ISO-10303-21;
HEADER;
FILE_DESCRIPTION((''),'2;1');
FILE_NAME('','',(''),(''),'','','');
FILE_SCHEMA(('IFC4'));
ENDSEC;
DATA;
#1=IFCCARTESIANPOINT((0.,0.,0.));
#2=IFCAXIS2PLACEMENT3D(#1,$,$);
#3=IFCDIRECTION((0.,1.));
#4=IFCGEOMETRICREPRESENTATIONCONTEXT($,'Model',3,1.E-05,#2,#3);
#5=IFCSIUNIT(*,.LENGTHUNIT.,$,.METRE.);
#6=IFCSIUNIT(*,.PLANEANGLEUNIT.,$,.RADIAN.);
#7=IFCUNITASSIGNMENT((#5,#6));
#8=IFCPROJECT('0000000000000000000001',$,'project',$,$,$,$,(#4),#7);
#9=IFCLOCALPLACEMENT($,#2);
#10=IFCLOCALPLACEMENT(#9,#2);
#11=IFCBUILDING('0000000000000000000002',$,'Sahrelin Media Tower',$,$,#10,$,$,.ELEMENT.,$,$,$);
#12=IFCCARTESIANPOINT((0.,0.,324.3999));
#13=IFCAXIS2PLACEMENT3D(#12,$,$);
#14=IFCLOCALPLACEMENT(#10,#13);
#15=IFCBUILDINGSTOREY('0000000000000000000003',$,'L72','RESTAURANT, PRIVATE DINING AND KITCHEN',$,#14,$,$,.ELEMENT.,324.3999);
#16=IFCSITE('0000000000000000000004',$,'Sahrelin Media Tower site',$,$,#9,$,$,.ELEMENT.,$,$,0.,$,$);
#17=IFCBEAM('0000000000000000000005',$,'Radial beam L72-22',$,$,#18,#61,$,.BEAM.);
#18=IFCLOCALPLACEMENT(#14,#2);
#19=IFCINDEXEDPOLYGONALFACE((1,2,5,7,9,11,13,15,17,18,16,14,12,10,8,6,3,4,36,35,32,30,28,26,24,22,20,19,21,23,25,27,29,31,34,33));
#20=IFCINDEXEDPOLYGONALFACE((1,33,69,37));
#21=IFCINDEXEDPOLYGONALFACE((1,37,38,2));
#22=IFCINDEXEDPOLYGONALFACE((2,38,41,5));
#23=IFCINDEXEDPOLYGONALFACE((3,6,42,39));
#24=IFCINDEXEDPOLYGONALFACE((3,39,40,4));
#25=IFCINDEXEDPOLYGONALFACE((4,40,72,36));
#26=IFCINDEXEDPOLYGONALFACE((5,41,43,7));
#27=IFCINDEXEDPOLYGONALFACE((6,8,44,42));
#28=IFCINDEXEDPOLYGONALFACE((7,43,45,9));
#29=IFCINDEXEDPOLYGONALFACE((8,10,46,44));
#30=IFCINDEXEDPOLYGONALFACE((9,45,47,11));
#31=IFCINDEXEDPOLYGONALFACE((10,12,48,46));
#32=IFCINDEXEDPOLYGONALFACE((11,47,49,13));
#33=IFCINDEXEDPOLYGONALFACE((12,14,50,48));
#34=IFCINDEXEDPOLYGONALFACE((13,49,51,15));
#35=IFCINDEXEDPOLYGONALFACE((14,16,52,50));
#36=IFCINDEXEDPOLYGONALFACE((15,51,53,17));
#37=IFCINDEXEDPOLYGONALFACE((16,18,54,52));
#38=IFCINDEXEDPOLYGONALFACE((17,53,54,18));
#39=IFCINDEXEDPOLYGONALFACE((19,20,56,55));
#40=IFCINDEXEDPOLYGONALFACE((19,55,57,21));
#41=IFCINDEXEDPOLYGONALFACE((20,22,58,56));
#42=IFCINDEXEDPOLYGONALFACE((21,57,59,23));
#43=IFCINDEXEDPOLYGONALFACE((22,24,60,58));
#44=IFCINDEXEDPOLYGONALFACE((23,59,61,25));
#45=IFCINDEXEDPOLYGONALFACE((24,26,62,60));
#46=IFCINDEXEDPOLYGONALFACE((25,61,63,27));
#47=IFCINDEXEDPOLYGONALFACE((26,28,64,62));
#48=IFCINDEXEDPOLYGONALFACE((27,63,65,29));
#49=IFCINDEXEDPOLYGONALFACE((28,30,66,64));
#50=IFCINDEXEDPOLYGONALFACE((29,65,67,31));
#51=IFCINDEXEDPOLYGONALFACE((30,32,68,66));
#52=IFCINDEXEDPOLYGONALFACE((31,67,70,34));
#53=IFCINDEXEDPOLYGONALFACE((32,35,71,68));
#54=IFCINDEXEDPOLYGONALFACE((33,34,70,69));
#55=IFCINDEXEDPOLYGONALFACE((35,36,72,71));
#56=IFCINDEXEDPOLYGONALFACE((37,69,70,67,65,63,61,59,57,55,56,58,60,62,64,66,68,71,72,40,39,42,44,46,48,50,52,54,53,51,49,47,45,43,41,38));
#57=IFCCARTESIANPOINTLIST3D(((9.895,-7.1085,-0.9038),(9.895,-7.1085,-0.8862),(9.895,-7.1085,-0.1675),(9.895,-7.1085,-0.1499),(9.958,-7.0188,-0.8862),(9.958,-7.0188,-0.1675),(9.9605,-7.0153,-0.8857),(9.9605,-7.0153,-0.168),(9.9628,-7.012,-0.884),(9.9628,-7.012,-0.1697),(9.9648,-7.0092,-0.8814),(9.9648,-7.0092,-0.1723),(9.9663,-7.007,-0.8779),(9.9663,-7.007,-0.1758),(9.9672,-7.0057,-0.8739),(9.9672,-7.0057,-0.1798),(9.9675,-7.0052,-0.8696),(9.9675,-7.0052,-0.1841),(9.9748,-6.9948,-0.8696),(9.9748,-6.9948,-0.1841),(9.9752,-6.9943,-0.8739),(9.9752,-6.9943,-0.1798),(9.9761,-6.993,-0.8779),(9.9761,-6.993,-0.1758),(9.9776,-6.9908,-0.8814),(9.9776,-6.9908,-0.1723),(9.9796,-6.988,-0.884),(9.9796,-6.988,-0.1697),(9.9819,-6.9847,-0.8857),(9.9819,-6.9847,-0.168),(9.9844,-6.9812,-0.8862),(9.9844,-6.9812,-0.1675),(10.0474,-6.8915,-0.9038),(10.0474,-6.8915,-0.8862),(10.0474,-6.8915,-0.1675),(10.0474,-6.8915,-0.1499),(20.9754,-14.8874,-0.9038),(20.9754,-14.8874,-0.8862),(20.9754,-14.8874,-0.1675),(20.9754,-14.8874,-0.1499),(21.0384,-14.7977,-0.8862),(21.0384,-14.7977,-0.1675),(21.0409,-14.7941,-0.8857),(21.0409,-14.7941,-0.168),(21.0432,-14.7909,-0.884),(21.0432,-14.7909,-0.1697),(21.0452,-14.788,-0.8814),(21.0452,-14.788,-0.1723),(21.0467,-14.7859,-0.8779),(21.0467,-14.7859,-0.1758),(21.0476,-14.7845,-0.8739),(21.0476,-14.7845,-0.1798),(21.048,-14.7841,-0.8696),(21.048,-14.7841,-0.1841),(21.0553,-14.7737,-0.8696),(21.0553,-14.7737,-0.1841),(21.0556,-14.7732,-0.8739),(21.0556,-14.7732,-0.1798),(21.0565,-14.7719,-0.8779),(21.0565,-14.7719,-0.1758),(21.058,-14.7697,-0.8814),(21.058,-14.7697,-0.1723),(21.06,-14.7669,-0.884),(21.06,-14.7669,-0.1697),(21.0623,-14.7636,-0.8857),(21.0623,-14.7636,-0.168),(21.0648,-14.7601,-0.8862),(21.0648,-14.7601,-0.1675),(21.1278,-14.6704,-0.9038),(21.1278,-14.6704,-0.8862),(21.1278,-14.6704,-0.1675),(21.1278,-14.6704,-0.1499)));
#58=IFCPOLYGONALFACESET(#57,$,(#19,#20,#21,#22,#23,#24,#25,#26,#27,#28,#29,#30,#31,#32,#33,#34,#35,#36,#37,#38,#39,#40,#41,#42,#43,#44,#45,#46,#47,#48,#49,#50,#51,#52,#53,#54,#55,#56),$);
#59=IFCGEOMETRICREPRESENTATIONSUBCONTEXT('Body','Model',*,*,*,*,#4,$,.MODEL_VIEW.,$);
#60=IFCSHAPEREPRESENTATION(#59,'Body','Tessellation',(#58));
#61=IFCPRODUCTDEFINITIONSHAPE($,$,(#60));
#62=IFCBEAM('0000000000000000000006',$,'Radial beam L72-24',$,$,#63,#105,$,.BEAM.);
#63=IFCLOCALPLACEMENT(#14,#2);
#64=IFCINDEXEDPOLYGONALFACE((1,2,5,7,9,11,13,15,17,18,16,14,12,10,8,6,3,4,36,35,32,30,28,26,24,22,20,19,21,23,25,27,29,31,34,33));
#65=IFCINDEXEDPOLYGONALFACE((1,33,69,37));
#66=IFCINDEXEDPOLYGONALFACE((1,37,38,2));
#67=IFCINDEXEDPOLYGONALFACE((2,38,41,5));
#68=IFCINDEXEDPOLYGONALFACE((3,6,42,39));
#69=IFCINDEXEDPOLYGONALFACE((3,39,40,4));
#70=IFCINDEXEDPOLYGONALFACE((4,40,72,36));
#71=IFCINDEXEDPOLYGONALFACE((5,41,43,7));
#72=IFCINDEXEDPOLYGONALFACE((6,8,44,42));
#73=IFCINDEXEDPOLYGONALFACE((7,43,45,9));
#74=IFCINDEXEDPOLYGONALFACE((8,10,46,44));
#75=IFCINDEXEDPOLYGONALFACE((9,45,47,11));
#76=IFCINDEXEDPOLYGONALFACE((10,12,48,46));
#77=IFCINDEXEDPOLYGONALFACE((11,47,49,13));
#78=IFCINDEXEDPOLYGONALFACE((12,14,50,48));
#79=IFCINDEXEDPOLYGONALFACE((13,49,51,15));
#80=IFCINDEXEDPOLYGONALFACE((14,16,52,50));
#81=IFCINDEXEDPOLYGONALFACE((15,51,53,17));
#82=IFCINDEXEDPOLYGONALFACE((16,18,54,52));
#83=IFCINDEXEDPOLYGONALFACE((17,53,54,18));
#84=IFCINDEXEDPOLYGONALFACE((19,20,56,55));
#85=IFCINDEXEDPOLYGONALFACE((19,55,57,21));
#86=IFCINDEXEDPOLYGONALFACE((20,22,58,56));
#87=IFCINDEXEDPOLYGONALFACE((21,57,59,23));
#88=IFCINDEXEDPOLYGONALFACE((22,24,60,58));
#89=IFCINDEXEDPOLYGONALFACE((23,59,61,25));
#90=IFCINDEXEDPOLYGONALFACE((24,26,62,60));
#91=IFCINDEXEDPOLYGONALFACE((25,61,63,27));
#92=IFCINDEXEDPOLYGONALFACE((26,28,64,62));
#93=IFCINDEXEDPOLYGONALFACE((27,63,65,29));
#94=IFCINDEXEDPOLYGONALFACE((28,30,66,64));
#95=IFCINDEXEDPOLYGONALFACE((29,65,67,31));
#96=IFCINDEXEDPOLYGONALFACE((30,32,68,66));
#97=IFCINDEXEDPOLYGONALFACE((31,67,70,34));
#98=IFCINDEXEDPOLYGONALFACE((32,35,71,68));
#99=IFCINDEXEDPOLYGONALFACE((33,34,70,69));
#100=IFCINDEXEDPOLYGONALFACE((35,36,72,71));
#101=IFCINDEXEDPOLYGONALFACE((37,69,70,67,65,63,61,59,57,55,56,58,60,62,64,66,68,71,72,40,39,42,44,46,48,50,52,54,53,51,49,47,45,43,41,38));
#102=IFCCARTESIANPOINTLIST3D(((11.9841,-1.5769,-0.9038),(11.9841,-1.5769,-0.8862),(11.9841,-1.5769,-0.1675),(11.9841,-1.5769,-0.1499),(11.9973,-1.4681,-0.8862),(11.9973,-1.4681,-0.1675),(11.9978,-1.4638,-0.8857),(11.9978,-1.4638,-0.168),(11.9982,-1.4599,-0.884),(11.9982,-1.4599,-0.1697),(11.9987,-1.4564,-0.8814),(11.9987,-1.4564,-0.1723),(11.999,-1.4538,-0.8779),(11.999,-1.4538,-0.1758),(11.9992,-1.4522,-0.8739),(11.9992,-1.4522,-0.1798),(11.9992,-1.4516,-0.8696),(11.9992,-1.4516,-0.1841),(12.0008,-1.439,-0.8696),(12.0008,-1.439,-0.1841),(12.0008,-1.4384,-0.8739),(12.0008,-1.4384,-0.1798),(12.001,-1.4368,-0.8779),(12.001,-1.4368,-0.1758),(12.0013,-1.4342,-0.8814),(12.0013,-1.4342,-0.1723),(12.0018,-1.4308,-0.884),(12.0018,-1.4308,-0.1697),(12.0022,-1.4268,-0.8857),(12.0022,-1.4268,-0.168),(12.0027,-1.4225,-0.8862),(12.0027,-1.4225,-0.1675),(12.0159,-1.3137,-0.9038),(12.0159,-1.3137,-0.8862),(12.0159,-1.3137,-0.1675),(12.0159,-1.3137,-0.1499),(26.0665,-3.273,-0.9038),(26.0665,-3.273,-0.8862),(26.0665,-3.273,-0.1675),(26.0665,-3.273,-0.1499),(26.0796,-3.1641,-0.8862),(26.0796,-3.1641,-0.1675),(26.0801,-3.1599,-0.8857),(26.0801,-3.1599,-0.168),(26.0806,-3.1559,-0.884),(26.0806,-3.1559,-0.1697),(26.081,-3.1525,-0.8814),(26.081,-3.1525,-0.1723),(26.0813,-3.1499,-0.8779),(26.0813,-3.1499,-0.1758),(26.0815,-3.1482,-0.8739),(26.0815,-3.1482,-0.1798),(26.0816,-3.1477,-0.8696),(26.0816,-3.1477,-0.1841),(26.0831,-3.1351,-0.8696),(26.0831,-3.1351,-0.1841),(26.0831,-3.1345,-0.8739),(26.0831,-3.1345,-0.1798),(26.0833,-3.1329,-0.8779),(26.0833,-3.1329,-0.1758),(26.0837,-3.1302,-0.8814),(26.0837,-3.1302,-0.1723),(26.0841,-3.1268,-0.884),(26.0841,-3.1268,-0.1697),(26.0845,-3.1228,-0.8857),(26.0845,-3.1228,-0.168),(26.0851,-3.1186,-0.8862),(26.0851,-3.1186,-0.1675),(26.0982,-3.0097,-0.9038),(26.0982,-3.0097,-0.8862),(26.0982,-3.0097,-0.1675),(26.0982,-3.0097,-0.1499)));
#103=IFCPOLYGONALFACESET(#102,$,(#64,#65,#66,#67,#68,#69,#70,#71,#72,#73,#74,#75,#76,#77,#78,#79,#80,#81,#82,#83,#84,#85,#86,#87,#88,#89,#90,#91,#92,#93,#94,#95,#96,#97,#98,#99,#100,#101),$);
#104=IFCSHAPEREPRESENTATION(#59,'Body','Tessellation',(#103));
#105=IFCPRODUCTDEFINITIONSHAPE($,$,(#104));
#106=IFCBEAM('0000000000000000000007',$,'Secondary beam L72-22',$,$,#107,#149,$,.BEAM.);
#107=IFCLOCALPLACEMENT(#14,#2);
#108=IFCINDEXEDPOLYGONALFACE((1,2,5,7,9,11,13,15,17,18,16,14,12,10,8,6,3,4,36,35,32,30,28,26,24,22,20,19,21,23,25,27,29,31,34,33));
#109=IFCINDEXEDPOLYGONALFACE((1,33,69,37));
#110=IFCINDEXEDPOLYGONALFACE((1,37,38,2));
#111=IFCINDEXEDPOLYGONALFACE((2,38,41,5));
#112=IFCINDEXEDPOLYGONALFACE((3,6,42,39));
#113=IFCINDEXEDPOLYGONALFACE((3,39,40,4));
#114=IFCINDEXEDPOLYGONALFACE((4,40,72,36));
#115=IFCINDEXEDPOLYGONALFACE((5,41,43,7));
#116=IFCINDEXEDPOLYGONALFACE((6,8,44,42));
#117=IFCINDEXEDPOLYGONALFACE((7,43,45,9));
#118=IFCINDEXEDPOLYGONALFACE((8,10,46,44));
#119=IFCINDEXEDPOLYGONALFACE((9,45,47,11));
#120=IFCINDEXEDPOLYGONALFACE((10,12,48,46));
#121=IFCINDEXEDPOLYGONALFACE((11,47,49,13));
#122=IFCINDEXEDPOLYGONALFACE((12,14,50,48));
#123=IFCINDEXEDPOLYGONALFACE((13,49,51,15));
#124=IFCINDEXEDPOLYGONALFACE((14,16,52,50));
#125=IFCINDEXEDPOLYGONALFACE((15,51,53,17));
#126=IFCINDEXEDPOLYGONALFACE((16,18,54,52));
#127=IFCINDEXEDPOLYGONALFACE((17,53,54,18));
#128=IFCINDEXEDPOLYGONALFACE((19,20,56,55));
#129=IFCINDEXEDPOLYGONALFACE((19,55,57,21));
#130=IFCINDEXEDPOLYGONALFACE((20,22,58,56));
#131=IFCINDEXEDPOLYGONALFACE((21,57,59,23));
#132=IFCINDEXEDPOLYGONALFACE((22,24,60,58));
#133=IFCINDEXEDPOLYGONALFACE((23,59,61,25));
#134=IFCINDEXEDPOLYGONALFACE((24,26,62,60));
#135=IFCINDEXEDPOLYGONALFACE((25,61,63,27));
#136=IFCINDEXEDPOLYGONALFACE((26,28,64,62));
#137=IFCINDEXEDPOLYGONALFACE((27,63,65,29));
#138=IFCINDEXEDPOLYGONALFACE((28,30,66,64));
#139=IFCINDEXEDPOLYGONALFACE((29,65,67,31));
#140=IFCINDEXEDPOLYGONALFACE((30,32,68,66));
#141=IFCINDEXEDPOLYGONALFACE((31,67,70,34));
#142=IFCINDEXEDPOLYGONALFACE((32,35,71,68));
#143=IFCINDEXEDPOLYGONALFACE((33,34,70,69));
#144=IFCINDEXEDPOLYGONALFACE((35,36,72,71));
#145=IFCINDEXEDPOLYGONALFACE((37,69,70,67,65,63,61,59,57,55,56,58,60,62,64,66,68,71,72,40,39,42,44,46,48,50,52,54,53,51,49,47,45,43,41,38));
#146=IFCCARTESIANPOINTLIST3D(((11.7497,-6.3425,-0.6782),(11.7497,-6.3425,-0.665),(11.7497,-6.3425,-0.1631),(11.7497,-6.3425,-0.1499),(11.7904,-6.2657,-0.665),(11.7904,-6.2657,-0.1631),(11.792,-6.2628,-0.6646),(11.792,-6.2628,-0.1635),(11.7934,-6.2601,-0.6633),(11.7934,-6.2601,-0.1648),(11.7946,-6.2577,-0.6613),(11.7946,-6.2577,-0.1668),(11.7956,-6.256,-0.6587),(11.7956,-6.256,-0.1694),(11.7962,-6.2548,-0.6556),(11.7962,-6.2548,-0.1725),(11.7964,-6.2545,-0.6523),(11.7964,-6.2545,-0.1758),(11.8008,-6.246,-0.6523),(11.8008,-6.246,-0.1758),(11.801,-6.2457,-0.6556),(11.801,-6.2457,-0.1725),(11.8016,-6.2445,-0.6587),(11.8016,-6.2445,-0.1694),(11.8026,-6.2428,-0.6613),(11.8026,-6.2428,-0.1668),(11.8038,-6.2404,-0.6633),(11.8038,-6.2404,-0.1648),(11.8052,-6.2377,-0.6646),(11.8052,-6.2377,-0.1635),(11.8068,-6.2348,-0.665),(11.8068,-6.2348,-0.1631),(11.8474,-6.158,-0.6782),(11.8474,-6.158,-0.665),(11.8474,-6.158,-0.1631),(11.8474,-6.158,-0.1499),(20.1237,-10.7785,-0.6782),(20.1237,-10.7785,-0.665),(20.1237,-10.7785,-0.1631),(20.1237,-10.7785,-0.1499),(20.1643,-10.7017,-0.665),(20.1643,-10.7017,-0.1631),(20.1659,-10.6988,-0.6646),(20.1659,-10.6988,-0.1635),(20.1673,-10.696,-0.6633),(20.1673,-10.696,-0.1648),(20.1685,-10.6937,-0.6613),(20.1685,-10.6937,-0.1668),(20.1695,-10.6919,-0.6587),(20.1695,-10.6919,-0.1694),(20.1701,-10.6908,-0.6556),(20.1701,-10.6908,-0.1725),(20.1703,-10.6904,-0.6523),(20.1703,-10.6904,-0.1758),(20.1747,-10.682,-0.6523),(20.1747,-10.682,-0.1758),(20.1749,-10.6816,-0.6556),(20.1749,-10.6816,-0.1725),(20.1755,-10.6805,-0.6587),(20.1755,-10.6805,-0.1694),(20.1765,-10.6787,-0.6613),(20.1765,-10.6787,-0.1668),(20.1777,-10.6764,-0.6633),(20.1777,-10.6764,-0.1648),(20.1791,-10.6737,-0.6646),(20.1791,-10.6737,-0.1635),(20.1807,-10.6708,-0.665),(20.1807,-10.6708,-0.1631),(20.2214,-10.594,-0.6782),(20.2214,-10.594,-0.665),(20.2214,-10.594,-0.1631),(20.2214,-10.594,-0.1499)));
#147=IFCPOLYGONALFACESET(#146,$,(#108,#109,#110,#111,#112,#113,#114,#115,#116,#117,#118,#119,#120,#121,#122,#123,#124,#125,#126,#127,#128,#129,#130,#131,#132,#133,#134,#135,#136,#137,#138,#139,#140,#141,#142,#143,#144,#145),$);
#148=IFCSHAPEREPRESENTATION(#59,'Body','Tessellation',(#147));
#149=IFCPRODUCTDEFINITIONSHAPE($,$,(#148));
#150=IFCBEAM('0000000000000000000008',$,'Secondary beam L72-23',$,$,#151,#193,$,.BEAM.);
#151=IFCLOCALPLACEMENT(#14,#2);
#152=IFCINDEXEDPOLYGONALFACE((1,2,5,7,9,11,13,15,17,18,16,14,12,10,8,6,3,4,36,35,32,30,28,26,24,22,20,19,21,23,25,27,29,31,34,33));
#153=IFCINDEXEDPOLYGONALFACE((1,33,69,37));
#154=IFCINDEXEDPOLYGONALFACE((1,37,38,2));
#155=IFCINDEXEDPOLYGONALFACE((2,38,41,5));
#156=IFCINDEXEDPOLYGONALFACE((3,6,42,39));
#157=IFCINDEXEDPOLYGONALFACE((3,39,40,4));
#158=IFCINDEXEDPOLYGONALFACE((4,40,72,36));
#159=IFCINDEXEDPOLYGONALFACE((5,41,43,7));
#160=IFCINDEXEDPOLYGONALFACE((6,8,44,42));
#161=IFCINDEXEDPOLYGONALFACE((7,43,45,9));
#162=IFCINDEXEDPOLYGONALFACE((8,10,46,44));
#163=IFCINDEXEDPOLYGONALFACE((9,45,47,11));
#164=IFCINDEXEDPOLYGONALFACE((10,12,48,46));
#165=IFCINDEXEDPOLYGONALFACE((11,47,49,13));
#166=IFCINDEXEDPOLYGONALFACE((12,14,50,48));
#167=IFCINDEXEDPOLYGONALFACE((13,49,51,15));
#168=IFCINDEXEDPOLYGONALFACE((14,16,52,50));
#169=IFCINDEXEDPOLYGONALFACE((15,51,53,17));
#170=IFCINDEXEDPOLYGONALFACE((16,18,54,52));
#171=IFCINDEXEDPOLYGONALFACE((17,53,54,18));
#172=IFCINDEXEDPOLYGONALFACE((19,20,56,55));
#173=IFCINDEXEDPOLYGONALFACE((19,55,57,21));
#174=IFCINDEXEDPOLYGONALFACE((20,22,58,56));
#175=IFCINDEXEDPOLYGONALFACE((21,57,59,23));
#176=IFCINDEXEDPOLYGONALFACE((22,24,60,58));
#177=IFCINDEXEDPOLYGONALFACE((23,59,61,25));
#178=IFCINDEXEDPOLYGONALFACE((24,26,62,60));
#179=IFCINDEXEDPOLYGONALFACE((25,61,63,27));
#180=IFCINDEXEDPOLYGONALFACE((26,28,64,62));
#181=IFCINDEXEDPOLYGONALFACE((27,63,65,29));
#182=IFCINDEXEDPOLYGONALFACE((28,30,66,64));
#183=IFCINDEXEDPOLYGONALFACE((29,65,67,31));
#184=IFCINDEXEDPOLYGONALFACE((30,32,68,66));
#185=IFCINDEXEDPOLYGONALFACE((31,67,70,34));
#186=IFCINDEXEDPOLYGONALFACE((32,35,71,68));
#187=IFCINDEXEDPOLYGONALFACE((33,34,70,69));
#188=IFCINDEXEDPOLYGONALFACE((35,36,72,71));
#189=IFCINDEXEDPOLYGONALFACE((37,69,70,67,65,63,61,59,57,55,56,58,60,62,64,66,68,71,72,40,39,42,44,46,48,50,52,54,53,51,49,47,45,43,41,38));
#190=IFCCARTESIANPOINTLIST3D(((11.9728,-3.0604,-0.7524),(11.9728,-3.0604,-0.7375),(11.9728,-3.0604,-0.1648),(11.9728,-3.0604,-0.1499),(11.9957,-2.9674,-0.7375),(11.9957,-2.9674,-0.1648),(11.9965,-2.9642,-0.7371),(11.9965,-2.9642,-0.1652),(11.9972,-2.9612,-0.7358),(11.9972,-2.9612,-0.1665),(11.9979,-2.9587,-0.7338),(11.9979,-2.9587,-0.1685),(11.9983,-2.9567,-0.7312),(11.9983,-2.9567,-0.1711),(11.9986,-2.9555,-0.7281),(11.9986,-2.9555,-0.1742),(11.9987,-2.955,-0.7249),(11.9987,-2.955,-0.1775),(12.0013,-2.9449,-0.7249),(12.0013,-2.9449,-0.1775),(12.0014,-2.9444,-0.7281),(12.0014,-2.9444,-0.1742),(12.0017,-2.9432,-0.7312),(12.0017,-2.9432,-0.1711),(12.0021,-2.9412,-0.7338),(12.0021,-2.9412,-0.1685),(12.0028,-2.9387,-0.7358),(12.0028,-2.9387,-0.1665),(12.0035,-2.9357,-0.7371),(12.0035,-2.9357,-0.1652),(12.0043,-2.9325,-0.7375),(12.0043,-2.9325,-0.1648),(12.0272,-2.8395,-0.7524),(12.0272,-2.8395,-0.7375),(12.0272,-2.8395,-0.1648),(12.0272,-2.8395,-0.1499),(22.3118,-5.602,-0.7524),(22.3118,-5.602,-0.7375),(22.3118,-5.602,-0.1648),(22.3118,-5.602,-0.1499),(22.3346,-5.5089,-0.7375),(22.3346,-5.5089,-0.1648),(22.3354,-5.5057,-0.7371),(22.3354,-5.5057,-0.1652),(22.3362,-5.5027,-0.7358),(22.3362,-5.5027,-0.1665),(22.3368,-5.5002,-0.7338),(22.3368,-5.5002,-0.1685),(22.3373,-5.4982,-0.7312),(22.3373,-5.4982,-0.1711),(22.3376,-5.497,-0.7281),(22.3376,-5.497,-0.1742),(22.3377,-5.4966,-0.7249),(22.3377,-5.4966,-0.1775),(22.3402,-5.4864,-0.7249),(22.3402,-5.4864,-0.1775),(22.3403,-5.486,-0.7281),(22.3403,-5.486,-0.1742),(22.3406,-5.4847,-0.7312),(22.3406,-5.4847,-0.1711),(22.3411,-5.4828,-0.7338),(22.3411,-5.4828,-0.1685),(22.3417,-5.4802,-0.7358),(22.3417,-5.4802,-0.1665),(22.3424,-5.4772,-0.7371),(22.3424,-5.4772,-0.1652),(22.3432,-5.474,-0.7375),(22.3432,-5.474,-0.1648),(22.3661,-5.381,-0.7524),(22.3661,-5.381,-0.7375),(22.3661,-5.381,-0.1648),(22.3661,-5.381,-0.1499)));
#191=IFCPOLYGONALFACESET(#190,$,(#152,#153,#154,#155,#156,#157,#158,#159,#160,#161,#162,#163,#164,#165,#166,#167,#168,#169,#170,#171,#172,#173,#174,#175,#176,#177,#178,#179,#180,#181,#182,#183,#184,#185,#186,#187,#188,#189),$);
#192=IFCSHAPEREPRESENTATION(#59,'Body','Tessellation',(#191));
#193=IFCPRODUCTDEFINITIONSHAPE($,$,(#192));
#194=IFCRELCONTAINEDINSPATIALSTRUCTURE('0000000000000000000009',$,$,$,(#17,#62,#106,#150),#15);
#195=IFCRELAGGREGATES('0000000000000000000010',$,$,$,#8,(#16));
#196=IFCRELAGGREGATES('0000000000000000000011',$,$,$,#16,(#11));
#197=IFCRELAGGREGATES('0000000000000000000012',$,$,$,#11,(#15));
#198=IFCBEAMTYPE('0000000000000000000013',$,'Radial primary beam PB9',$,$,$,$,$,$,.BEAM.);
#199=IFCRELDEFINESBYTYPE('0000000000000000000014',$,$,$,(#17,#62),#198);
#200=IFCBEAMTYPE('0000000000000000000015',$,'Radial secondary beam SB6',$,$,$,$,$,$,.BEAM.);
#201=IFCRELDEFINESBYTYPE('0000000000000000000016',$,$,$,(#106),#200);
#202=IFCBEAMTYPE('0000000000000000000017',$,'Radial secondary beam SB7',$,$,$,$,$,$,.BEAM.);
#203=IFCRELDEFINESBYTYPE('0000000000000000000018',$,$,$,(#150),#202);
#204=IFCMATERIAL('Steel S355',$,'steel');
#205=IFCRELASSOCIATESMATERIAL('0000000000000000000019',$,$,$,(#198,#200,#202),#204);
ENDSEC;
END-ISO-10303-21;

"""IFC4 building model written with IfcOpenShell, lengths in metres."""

from ifc_helpers import new_model, si_unit, direction, frame, origin, origin_2d, place, context, subcontext, project, spatial, i_section, extrude, material, material_profile, profile_set, type_object, element, save


model = new_model("IFC4")

# Units and contexts
model_context = context("Model", 3, precision=1e-05, world=origin(), true_north=direction((0.0, 1.0)))
body_context = subcontext(model_context, "Body", "Model", "MODEL_VIEW")
ifc_project = project(units=[si_unit("LENGTHUNIT", "METRE"), si_unit("PLANEANGLEUNIT", "RADIAN")], contexts=[model_context])

# Site, building, storey
site_placement = place(None, origin())
site = spatial("IfcSite", under=ifc_project, at=site_placement, Name="Sahrelin Media Tower site", CompositionType="ELEMENT", RefElevation=0.0)
building_placement = place(site_placement, origin())
building = spatial("IfcBuilding", under=site, at=building_placement, Name="Sahrelin Media Tower", CompositionType="ELEMENT")
storey_placement = place(building_placement, frame((0.0, 0.0, 324.3999)))
storey = spatial("IfcBuildingStorey", under=building, at=storey_placement, Name="L72", Description="RESTAURANT, PRIVATE DINING AND KITCHEN", CompositionType="ELEMENT", Elevation=324.3999)

# Shared definitions
ifc_material_1 = material(Name="Steel S355", Category="steel")

# Beams
ifc_material_profile_1 = material_profile(ifc_material_1, i_section(OverallWidth=0.2651, OverallDepth=0.7539, WebThickness=0.0127, FlangeThickness=0.0176, FilletRadius=0.0166, at=origin_2d()), Name="UB 762x267x147")
ifc_profile_set_1 = profile_set([ifc_material_profile_1], Name="Steel S355")
beam_type_1 = type_object("IfcBeamType", Name="Radial primary beam PB9", PredefinedType="BEAM", material=ifc_profile_set_1)
beam_1_placement = place(storey_placement, frame((9.9712, -7.0, -0.5269), z_axis=(0.818447, -0.574581, 0.0), x_axis=(0.574581, 0.818447, 0.0)))
element("IfcBeam", 1, at=beam_1_placement, inside=storey, type_object=beam_type_1, Name="Radial beam L72-22", PredefinedType="BEAM", context=body_context, shape_type="SweptSolid", body=[
    extrude(i_section(OverallWidth=0.2651, OverallDepth=0.7539, WebThickness=0.0127, FlangeThickness=0.0176, FilletRadius=0.0166, at=origin_2d()), origin(), (0.0, 0.0, 1.0), 13.5383),
])
beam_2_placement = place(storey_placement, frame((12.0, -1.4453, -0.5269), z_axis=(0.992825, -0.119574, 0.0), x_axis=(0.119574, 0.992825, 0.0)))
element("IfcBeam", 2, at=beam_2_placement, inside=storey, type_object=beam_type_1, Name="Radial beam L72-24", PredefinedType="BEAM", context=body_context, shape_type="SweptSolid", body=[
    extrude(i_section(OverallWidth=0.2651, OverallDepth=0.7539, WebThickness=0.0127, FlangeThickness=0.0176, FilletRadius=0.0166, at=origin_2d()), origin(), (0.0, 0.0, 1.0), 14.1841),
])
ifc_material_profile_2 = material_profile(ifc_material_1, i_section(OverallWidth=0.2087, OverallDepth=0.5283, WebThickness=0.0095, FlangeThickness=0.0132, FilletRadius=0.0127, at=origin_2d()), Name="UB 533x210x82")
ifc_profile_set_2 = profile_set([ifc_material_profile_2], Name="Steel S355")
beam_type_2 = type_object("IfcBeamType", Name="Radial secondary beam SB6", PredefinedType="BEAM", material=ifc_profile_set_2)
beam_3_placement = place(storey_placement, frame((11.7986, -6.2502, -0.4141), z_axis=(0.883669, -0.468113, 0.0), x_axis=(0.468113, 0.883669, 0.0)))
element("IfcBeam", 3, at=beam_3_placement, inside=storey, type_object=beam_type_2, Name="Secondary beam L72-22", PredefinedType="BEAM", context=body_context, shape_type="SweptSolid", body=[
    extrude(i_section(OverallWidth=0.2087, OverallDepth=0.5283, WebThickness=0.0095, FlangeThickness=0.0132, FilletRadius=0.0127, at=origin_2d()), origin(), (0.0, 0.0, 1.0), 9.4763),
])
ifc_material_profile_3 = material_profile(ifc_material_1, i_section(OverallWidth=0.2275, OverallDepth=0.6025, WebThickness=0.0105, FlangeThickness=0.0149, FilletRadius=0.0127, at=origin_2d()), Name="UB 610x229x101")
ifc_profile_set_3 = profile_set([ifc_material_profile_3], Name="Steel S355")
beam_type_3 = type_object("IfcBeamType", Name="Radial secondary beam SB7", PredefinedType="BEAM", material=ifc_profile_set_3)
beam_4_placement = place(storey_placement, frame((12.0, -2.95, -0.4512), z_axis=(0.97109, -0.238714, 0.0), x_axis=(0.238714, 0.97109, 0.0)))
element("IfcBeam", 4, at=beam_4_placement, inside=storey, type_object=beam_type_3, Name="Secondary beam L72-23", PredefinedType="BEAM", context=body_context, shape_type="SweptSolid", body=[
    extrude(i_section(OverallWidth=0.2275, OverallDepth=0.6025, WebThickness=0.0105, FlangeThickness=0.0149, FilletRadius=0.0127, at=origin_2d()), origin(), (0.0, 0.0, 1.0), 10.6467),
])

save(model, "model.ifc")
